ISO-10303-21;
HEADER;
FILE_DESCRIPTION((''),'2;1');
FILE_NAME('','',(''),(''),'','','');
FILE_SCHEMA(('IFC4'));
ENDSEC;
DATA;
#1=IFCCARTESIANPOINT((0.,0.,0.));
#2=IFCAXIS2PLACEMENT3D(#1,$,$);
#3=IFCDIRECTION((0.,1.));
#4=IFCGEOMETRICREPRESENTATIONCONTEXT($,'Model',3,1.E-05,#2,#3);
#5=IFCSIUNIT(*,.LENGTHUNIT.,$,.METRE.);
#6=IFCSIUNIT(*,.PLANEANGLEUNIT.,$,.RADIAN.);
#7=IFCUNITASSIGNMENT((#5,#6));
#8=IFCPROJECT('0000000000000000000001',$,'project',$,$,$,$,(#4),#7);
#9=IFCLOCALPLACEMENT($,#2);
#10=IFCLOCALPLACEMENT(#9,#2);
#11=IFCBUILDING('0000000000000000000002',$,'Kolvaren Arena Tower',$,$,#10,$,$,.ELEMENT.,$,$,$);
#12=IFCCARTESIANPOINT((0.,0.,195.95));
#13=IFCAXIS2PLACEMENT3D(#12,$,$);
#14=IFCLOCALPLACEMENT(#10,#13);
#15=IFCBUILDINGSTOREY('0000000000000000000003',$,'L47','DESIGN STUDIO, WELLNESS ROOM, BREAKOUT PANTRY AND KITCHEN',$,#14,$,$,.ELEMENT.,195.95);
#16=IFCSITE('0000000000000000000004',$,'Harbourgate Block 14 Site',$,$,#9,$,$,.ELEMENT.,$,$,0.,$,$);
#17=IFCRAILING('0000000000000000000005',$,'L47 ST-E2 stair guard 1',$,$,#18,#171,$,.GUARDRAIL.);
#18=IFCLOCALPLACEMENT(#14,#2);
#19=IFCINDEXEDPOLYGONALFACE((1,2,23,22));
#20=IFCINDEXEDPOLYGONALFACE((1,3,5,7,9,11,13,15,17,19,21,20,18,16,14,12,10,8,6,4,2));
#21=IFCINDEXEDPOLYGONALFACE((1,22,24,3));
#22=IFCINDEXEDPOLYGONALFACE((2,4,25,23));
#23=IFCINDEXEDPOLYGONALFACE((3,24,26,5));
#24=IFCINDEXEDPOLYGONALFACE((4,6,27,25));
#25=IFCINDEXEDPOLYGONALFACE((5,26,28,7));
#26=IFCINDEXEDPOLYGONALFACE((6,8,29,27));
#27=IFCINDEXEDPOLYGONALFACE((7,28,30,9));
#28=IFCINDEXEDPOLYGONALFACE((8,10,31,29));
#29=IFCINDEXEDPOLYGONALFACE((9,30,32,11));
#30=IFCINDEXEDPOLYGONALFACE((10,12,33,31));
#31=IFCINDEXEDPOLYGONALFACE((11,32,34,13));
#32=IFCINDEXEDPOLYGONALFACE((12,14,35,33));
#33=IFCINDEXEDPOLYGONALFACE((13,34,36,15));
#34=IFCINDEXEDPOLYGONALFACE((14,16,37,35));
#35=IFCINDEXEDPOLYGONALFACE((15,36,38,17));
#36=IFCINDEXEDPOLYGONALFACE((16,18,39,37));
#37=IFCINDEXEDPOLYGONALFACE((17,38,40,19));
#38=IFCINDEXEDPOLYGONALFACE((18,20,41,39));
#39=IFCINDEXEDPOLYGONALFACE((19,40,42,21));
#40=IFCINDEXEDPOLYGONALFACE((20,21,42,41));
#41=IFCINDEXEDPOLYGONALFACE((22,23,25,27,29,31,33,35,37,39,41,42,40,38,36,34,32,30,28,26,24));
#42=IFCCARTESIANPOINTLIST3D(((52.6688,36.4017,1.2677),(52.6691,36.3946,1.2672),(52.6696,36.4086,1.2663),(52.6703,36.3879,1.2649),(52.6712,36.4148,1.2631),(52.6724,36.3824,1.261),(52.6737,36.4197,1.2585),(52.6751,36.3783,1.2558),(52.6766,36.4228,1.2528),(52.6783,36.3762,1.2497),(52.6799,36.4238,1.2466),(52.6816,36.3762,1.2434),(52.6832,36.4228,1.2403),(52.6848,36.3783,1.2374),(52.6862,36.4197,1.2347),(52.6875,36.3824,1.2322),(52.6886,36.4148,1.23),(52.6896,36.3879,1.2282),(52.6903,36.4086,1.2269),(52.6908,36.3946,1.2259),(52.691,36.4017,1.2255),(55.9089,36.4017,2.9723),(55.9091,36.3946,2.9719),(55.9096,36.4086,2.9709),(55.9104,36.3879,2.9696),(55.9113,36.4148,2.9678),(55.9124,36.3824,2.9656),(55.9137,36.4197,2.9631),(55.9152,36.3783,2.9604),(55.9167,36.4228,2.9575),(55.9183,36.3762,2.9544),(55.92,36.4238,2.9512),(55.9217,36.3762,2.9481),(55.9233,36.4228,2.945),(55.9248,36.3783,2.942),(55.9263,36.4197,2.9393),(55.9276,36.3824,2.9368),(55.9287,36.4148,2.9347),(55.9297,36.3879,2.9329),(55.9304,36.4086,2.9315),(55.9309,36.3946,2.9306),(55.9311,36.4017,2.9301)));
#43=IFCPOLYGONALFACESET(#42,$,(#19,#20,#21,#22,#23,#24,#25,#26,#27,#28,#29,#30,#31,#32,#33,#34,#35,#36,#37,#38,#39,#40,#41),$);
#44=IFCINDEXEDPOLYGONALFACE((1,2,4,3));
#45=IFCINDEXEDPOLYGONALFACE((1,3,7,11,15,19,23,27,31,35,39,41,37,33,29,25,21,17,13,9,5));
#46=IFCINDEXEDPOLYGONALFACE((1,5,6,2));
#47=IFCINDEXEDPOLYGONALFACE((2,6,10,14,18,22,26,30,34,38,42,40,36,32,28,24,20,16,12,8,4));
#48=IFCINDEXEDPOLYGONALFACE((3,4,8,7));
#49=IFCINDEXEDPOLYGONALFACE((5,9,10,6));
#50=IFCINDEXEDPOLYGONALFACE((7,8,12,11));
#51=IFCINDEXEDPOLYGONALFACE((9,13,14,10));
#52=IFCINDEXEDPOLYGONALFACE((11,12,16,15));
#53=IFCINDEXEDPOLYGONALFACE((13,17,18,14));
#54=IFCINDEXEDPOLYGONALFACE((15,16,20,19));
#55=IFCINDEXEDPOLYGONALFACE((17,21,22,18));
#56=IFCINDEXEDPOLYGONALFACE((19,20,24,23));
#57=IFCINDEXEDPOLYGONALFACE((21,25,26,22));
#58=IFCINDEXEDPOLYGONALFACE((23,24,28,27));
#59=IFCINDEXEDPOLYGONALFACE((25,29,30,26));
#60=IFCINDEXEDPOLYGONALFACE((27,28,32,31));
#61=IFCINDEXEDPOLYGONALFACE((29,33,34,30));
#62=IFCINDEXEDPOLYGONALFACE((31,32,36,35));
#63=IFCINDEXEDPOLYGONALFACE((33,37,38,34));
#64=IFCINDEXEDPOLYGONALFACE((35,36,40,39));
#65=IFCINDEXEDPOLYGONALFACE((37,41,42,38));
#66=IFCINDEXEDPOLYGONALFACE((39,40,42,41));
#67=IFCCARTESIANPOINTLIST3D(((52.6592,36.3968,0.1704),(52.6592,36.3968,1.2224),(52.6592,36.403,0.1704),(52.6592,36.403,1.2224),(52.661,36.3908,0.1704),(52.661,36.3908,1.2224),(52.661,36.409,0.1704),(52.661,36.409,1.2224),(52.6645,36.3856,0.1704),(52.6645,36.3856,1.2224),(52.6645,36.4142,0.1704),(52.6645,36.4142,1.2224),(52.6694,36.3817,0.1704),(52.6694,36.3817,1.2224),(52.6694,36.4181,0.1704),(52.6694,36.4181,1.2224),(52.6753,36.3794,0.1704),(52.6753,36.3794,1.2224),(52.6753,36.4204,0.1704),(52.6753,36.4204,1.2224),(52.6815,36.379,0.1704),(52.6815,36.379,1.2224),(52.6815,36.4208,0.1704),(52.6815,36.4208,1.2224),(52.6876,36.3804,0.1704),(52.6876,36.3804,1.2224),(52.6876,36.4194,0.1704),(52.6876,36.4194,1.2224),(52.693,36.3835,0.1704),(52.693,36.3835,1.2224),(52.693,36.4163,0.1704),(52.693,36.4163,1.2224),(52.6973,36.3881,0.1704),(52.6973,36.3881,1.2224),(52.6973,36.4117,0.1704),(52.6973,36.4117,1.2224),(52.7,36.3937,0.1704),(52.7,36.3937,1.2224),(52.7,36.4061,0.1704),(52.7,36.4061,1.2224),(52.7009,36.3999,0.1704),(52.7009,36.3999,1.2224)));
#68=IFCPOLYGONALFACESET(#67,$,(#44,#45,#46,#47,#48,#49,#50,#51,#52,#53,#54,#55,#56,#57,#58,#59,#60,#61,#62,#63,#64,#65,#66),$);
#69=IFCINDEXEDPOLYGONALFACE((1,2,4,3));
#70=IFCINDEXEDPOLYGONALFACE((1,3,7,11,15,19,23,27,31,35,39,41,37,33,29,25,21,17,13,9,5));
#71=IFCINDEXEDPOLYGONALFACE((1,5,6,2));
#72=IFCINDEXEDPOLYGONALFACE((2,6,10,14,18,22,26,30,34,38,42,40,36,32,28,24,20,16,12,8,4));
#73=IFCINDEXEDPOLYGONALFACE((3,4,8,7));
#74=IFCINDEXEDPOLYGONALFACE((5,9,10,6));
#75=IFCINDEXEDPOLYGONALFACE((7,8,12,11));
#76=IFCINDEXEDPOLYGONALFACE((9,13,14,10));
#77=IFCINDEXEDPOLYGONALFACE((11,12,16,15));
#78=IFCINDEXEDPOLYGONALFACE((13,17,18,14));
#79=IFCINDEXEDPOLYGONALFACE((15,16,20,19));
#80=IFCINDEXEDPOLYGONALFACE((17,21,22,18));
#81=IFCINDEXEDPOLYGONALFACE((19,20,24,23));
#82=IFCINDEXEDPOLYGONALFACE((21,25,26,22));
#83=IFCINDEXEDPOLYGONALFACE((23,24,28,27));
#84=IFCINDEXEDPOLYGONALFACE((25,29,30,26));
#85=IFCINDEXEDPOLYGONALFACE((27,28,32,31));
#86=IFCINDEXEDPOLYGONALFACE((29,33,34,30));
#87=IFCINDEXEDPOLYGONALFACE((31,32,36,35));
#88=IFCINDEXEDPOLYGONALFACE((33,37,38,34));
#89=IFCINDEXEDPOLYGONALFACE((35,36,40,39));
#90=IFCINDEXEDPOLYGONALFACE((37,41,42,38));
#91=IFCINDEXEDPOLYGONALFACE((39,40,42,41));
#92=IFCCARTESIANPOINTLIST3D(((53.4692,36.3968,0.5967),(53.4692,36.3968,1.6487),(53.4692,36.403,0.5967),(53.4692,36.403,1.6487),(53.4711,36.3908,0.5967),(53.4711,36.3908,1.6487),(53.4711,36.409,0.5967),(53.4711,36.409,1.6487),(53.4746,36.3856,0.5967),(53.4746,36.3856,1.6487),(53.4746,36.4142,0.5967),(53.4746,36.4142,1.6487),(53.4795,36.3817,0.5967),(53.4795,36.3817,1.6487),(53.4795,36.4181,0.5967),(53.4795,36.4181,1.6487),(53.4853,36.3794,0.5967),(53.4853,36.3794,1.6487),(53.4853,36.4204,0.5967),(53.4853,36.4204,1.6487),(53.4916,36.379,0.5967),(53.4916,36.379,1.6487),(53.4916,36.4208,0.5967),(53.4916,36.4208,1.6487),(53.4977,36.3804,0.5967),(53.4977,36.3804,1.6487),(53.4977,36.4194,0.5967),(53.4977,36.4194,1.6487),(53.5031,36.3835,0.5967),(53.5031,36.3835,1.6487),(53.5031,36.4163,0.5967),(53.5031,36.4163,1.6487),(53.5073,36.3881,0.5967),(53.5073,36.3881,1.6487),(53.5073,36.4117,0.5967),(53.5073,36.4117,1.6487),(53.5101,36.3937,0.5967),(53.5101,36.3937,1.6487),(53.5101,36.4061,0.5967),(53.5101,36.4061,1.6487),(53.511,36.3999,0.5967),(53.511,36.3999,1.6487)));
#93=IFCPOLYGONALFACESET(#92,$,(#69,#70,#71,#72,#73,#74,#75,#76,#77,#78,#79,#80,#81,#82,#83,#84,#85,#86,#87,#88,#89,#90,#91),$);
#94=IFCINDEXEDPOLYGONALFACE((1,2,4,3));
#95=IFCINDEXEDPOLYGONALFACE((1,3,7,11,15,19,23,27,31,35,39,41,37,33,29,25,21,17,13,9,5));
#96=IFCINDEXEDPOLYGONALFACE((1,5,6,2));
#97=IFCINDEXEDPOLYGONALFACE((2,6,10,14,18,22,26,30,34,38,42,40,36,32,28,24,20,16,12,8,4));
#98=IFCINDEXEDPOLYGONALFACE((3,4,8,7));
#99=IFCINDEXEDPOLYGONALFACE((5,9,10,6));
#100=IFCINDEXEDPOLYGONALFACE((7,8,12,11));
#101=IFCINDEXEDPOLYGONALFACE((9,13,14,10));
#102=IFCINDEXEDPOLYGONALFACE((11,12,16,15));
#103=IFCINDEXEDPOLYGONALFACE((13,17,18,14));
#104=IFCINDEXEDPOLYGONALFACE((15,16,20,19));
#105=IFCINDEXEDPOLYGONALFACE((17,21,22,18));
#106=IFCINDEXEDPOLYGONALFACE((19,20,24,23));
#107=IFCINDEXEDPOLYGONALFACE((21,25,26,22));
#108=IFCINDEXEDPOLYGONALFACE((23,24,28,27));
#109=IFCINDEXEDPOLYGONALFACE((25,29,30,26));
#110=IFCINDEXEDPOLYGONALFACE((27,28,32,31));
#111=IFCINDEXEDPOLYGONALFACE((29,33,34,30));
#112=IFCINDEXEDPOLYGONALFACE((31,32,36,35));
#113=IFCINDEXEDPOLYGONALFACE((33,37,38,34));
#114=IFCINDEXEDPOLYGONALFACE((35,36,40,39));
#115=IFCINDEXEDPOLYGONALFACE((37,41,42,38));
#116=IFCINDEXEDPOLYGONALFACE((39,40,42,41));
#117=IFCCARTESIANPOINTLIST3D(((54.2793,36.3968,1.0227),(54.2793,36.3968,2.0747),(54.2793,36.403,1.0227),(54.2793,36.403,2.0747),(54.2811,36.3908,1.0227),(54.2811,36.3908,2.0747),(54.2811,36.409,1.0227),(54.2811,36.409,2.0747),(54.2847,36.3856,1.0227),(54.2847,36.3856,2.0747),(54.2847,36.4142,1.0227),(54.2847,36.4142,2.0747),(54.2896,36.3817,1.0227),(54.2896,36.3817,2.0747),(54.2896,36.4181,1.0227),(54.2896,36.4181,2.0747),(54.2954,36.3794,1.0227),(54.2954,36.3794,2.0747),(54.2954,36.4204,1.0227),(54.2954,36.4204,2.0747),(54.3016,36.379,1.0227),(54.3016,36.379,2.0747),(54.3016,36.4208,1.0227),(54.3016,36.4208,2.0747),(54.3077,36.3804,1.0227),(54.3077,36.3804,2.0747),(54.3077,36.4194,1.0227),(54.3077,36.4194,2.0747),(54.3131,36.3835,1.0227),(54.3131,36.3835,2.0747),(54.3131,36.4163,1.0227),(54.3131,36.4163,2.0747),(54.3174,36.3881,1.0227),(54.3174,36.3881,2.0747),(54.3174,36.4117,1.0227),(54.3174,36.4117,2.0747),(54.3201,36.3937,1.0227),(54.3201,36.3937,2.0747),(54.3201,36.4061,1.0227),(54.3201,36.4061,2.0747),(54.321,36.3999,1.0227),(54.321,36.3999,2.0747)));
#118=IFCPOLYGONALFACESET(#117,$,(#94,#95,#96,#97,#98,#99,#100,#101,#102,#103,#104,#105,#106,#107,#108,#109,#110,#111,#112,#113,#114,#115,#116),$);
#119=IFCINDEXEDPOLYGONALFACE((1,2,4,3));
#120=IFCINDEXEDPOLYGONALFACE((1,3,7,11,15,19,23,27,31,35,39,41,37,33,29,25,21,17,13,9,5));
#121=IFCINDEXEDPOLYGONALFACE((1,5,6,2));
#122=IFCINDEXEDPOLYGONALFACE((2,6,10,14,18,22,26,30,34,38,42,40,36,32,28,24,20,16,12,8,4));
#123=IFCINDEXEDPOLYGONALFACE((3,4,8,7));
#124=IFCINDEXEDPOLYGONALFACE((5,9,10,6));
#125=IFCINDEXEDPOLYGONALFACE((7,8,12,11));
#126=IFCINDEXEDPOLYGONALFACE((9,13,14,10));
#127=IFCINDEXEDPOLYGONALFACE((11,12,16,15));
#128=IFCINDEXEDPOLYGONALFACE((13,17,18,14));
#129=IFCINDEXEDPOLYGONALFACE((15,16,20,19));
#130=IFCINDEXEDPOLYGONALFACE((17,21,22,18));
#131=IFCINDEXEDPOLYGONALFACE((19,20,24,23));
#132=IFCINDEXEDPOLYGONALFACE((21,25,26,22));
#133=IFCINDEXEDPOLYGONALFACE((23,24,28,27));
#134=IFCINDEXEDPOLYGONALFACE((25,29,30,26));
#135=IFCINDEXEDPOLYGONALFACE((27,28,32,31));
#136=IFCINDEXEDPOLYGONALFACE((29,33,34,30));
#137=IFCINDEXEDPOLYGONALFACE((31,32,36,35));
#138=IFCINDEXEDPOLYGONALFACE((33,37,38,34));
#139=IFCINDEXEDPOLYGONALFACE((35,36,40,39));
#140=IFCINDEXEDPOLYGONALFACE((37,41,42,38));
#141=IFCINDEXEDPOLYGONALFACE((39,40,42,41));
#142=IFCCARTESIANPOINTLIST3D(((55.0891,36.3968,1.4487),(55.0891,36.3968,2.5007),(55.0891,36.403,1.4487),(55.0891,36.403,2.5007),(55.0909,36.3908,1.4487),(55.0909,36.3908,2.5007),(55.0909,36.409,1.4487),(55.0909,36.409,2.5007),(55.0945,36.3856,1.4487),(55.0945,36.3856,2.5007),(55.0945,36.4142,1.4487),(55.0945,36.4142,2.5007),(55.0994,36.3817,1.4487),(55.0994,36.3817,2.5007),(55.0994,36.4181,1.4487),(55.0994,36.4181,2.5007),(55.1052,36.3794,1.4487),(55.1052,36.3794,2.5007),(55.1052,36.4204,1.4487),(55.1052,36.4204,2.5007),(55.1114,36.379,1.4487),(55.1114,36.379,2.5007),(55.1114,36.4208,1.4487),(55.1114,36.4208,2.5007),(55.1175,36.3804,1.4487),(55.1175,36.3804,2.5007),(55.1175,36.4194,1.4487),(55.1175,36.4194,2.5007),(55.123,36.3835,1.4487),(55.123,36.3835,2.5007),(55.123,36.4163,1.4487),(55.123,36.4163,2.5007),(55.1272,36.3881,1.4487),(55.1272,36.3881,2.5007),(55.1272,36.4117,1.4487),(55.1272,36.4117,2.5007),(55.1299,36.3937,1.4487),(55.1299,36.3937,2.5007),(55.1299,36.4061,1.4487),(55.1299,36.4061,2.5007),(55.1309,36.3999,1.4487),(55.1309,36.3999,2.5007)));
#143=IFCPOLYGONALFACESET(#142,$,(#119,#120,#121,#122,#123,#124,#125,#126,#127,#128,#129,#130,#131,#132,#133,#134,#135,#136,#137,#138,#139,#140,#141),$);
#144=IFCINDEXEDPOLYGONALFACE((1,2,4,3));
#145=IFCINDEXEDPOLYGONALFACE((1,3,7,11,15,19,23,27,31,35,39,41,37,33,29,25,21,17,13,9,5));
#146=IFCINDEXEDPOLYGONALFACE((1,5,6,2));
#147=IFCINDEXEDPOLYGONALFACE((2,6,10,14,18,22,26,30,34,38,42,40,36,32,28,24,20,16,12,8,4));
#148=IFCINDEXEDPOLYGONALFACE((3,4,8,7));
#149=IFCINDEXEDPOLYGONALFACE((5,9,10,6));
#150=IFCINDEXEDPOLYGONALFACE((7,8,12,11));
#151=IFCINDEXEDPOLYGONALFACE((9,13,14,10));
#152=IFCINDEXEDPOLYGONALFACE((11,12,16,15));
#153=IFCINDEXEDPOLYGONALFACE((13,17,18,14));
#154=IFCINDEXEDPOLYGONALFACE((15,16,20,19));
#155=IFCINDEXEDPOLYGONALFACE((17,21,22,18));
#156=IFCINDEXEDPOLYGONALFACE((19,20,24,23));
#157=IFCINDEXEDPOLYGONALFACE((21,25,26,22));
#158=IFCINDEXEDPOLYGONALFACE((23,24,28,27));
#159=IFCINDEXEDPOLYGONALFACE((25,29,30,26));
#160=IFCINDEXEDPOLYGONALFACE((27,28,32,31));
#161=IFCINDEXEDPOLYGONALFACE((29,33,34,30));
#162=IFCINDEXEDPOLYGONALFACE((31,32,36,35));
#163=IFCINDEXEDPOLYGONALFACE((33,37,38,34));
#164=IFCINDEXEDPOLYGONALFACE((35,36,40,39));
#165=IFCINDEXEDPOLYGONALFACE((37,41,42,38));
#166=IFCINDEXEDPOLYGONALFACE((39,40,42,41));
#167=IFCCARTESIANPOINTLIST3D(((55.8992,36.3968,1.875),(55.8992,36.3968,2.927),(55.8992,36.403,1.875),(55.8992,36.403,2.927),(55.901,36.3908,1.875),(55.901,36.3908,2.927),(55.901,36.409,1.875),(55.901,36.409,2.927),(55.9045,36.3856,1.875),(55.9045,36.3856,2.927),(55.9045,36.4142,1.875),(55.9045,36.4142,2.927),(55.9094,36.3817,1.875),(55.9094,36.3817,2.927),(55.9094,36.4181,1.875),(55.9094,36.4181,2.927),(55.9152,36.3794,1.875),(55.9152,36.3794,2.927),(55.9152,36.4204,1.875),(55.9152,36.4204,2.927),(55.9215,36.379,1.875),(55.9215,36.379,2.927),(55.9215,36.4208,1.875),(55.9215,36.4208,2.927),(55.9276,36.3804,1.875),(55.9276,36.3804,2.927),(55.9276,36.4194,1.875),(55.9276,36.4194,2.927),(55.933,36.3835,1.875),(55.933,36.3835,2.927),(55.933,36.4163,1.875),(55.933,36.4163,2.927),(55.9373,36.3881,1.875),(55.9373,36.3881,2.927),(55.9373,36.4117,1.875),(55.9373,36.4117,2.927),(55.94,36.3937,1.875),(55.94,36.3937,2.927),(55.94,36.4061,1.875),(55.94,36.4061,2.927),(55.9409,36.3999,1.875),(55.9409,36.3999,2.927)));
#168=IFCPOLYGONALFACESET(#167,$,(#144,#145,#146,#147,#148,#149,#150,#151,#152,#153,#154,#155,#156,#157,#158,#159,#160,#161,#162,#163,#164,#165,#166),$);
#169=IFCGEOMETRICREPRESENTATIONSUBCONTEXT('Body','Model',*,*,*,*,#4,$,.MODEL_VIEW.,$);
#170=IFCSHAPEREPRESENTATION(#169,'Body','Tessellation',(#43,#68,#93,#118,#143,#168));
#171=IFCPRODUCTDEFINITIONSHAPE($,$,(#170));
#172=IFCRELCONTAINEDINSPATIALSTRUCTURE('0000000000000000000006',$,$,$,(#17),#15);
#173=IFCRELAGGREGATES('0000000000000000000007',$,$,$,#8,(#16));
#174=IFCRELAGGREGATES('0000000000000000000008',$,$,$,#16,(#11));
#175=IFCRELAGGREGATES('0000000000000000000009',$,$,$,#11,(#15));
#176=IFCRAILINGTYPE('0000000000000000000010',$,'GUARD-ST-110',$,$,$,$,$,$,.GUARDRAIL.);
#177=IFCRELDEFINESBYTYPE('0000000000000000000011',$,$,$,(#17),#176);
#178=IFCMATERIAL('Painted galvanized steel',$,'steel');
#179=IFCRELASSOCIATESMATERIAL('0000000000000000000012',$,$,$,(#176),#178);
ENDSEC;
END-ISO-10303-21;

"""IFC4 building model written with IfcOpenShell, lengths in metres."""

from ifc_helpers import new_model, si_unit, direction, frame, origin, origin_2d, place, context, subcontext, project, spatial, circle, extrude, material, type_object, element, save


model = new_model("IFC4")

# Units and contexts
model_context = context("Model", 3, precision=1e-05, world=origin(), true_north=direction((0.0, 1.0)))
body_context = subcontext(model_context, "Body", "Model", "MODEL_VIEW")
ifc_project = project(units=[si_unit("LENGTHUNIT", "METRE"), si_unit("PLANEANGLEUNIT", "RADIAN")], contexts=[model_context])

# Site, building, storey
site_placement = place(None, origin())
site = spatial("IfcSite", under=ifc_project, at=site_placement, Name="Harbourgate Block 14 Site", CompositionType="ELEMENT", RefElevation=0.0)
building_placement = place(site_placement, origin())
building = spatial("IfcBuilding", under=site, at=building_placement, Name="Kolvaren Arena Tower", CompositionType="ELEMENT")
storey_placement = place(building_placement, frame((0.0, 0.0, 195.95)))
storey = spatial("IfcBuildingStorey", under=building, at=storey_placement, Name="L47", Description="DESIGN STUDIO, WELLNESS ROOM, BREAKOUT PANTRY AND KITCHEN", CompositionType="ELEMENT", Elevation=195.95)

# Railing
ifc_material_1 = material(Name="Painted galvanized steel", Category="steel")
railing_type_1 = type_object("IfcRailingType", Name="GUARD-ST-110", PredefinedType="GUARDRAIL", material=ifc_material_1)
railing_1_placement = place(storey_placement, frame((52.6799, 36.3999, 0.1704)))
element("IfcRailing", 1, at=railing_1_placement, inside=storey, type_object=railing_type_1, Name="L47 ST-E2 stair guard 1", PredefinedType="GUARDRAIL", context=body_context, shape_type="SweptSolid", body=[
    extrude(circle(Radius=0.0239, at=origin_2d()), frame((0.0, 0.0, 1.0762), z_axis=(0.884993, 0.0, 0.465604), x_axis=(0.0, 1.0, 0.0)), (0.0, 0.0, 1.0), 3.6611),
    extrude(circle(Radius=0.021, at=origin_2d()), origin(), (0.0, 0.0, 1.0), 1.052),
    extrude(circle(Radius=0.021, at=origin_2d()), frame((0.8101, 0.0, 0.4263)), (0.0, 0.0, 1.0), 1.052),
    extrude(circle(Radius=0.021, at=origin_2d()), frame((1.6201, 0.0, 0.8523)), (0.0, 0.0, 1.0), 1.052),
    extrude(circle(Radius=0.021, at=origin_2d()), frame((2.4299, 0.0, 1.2783)), (0.0, 0.0, 1.0), 1.052),
    extrude(circle(Radius=0.021, at=origin_2d()), frame((3.24, 0.0, 1.7046)), (0.0, 0.0, 1.0), 1.052),
])

save(model, "model.ifc")
